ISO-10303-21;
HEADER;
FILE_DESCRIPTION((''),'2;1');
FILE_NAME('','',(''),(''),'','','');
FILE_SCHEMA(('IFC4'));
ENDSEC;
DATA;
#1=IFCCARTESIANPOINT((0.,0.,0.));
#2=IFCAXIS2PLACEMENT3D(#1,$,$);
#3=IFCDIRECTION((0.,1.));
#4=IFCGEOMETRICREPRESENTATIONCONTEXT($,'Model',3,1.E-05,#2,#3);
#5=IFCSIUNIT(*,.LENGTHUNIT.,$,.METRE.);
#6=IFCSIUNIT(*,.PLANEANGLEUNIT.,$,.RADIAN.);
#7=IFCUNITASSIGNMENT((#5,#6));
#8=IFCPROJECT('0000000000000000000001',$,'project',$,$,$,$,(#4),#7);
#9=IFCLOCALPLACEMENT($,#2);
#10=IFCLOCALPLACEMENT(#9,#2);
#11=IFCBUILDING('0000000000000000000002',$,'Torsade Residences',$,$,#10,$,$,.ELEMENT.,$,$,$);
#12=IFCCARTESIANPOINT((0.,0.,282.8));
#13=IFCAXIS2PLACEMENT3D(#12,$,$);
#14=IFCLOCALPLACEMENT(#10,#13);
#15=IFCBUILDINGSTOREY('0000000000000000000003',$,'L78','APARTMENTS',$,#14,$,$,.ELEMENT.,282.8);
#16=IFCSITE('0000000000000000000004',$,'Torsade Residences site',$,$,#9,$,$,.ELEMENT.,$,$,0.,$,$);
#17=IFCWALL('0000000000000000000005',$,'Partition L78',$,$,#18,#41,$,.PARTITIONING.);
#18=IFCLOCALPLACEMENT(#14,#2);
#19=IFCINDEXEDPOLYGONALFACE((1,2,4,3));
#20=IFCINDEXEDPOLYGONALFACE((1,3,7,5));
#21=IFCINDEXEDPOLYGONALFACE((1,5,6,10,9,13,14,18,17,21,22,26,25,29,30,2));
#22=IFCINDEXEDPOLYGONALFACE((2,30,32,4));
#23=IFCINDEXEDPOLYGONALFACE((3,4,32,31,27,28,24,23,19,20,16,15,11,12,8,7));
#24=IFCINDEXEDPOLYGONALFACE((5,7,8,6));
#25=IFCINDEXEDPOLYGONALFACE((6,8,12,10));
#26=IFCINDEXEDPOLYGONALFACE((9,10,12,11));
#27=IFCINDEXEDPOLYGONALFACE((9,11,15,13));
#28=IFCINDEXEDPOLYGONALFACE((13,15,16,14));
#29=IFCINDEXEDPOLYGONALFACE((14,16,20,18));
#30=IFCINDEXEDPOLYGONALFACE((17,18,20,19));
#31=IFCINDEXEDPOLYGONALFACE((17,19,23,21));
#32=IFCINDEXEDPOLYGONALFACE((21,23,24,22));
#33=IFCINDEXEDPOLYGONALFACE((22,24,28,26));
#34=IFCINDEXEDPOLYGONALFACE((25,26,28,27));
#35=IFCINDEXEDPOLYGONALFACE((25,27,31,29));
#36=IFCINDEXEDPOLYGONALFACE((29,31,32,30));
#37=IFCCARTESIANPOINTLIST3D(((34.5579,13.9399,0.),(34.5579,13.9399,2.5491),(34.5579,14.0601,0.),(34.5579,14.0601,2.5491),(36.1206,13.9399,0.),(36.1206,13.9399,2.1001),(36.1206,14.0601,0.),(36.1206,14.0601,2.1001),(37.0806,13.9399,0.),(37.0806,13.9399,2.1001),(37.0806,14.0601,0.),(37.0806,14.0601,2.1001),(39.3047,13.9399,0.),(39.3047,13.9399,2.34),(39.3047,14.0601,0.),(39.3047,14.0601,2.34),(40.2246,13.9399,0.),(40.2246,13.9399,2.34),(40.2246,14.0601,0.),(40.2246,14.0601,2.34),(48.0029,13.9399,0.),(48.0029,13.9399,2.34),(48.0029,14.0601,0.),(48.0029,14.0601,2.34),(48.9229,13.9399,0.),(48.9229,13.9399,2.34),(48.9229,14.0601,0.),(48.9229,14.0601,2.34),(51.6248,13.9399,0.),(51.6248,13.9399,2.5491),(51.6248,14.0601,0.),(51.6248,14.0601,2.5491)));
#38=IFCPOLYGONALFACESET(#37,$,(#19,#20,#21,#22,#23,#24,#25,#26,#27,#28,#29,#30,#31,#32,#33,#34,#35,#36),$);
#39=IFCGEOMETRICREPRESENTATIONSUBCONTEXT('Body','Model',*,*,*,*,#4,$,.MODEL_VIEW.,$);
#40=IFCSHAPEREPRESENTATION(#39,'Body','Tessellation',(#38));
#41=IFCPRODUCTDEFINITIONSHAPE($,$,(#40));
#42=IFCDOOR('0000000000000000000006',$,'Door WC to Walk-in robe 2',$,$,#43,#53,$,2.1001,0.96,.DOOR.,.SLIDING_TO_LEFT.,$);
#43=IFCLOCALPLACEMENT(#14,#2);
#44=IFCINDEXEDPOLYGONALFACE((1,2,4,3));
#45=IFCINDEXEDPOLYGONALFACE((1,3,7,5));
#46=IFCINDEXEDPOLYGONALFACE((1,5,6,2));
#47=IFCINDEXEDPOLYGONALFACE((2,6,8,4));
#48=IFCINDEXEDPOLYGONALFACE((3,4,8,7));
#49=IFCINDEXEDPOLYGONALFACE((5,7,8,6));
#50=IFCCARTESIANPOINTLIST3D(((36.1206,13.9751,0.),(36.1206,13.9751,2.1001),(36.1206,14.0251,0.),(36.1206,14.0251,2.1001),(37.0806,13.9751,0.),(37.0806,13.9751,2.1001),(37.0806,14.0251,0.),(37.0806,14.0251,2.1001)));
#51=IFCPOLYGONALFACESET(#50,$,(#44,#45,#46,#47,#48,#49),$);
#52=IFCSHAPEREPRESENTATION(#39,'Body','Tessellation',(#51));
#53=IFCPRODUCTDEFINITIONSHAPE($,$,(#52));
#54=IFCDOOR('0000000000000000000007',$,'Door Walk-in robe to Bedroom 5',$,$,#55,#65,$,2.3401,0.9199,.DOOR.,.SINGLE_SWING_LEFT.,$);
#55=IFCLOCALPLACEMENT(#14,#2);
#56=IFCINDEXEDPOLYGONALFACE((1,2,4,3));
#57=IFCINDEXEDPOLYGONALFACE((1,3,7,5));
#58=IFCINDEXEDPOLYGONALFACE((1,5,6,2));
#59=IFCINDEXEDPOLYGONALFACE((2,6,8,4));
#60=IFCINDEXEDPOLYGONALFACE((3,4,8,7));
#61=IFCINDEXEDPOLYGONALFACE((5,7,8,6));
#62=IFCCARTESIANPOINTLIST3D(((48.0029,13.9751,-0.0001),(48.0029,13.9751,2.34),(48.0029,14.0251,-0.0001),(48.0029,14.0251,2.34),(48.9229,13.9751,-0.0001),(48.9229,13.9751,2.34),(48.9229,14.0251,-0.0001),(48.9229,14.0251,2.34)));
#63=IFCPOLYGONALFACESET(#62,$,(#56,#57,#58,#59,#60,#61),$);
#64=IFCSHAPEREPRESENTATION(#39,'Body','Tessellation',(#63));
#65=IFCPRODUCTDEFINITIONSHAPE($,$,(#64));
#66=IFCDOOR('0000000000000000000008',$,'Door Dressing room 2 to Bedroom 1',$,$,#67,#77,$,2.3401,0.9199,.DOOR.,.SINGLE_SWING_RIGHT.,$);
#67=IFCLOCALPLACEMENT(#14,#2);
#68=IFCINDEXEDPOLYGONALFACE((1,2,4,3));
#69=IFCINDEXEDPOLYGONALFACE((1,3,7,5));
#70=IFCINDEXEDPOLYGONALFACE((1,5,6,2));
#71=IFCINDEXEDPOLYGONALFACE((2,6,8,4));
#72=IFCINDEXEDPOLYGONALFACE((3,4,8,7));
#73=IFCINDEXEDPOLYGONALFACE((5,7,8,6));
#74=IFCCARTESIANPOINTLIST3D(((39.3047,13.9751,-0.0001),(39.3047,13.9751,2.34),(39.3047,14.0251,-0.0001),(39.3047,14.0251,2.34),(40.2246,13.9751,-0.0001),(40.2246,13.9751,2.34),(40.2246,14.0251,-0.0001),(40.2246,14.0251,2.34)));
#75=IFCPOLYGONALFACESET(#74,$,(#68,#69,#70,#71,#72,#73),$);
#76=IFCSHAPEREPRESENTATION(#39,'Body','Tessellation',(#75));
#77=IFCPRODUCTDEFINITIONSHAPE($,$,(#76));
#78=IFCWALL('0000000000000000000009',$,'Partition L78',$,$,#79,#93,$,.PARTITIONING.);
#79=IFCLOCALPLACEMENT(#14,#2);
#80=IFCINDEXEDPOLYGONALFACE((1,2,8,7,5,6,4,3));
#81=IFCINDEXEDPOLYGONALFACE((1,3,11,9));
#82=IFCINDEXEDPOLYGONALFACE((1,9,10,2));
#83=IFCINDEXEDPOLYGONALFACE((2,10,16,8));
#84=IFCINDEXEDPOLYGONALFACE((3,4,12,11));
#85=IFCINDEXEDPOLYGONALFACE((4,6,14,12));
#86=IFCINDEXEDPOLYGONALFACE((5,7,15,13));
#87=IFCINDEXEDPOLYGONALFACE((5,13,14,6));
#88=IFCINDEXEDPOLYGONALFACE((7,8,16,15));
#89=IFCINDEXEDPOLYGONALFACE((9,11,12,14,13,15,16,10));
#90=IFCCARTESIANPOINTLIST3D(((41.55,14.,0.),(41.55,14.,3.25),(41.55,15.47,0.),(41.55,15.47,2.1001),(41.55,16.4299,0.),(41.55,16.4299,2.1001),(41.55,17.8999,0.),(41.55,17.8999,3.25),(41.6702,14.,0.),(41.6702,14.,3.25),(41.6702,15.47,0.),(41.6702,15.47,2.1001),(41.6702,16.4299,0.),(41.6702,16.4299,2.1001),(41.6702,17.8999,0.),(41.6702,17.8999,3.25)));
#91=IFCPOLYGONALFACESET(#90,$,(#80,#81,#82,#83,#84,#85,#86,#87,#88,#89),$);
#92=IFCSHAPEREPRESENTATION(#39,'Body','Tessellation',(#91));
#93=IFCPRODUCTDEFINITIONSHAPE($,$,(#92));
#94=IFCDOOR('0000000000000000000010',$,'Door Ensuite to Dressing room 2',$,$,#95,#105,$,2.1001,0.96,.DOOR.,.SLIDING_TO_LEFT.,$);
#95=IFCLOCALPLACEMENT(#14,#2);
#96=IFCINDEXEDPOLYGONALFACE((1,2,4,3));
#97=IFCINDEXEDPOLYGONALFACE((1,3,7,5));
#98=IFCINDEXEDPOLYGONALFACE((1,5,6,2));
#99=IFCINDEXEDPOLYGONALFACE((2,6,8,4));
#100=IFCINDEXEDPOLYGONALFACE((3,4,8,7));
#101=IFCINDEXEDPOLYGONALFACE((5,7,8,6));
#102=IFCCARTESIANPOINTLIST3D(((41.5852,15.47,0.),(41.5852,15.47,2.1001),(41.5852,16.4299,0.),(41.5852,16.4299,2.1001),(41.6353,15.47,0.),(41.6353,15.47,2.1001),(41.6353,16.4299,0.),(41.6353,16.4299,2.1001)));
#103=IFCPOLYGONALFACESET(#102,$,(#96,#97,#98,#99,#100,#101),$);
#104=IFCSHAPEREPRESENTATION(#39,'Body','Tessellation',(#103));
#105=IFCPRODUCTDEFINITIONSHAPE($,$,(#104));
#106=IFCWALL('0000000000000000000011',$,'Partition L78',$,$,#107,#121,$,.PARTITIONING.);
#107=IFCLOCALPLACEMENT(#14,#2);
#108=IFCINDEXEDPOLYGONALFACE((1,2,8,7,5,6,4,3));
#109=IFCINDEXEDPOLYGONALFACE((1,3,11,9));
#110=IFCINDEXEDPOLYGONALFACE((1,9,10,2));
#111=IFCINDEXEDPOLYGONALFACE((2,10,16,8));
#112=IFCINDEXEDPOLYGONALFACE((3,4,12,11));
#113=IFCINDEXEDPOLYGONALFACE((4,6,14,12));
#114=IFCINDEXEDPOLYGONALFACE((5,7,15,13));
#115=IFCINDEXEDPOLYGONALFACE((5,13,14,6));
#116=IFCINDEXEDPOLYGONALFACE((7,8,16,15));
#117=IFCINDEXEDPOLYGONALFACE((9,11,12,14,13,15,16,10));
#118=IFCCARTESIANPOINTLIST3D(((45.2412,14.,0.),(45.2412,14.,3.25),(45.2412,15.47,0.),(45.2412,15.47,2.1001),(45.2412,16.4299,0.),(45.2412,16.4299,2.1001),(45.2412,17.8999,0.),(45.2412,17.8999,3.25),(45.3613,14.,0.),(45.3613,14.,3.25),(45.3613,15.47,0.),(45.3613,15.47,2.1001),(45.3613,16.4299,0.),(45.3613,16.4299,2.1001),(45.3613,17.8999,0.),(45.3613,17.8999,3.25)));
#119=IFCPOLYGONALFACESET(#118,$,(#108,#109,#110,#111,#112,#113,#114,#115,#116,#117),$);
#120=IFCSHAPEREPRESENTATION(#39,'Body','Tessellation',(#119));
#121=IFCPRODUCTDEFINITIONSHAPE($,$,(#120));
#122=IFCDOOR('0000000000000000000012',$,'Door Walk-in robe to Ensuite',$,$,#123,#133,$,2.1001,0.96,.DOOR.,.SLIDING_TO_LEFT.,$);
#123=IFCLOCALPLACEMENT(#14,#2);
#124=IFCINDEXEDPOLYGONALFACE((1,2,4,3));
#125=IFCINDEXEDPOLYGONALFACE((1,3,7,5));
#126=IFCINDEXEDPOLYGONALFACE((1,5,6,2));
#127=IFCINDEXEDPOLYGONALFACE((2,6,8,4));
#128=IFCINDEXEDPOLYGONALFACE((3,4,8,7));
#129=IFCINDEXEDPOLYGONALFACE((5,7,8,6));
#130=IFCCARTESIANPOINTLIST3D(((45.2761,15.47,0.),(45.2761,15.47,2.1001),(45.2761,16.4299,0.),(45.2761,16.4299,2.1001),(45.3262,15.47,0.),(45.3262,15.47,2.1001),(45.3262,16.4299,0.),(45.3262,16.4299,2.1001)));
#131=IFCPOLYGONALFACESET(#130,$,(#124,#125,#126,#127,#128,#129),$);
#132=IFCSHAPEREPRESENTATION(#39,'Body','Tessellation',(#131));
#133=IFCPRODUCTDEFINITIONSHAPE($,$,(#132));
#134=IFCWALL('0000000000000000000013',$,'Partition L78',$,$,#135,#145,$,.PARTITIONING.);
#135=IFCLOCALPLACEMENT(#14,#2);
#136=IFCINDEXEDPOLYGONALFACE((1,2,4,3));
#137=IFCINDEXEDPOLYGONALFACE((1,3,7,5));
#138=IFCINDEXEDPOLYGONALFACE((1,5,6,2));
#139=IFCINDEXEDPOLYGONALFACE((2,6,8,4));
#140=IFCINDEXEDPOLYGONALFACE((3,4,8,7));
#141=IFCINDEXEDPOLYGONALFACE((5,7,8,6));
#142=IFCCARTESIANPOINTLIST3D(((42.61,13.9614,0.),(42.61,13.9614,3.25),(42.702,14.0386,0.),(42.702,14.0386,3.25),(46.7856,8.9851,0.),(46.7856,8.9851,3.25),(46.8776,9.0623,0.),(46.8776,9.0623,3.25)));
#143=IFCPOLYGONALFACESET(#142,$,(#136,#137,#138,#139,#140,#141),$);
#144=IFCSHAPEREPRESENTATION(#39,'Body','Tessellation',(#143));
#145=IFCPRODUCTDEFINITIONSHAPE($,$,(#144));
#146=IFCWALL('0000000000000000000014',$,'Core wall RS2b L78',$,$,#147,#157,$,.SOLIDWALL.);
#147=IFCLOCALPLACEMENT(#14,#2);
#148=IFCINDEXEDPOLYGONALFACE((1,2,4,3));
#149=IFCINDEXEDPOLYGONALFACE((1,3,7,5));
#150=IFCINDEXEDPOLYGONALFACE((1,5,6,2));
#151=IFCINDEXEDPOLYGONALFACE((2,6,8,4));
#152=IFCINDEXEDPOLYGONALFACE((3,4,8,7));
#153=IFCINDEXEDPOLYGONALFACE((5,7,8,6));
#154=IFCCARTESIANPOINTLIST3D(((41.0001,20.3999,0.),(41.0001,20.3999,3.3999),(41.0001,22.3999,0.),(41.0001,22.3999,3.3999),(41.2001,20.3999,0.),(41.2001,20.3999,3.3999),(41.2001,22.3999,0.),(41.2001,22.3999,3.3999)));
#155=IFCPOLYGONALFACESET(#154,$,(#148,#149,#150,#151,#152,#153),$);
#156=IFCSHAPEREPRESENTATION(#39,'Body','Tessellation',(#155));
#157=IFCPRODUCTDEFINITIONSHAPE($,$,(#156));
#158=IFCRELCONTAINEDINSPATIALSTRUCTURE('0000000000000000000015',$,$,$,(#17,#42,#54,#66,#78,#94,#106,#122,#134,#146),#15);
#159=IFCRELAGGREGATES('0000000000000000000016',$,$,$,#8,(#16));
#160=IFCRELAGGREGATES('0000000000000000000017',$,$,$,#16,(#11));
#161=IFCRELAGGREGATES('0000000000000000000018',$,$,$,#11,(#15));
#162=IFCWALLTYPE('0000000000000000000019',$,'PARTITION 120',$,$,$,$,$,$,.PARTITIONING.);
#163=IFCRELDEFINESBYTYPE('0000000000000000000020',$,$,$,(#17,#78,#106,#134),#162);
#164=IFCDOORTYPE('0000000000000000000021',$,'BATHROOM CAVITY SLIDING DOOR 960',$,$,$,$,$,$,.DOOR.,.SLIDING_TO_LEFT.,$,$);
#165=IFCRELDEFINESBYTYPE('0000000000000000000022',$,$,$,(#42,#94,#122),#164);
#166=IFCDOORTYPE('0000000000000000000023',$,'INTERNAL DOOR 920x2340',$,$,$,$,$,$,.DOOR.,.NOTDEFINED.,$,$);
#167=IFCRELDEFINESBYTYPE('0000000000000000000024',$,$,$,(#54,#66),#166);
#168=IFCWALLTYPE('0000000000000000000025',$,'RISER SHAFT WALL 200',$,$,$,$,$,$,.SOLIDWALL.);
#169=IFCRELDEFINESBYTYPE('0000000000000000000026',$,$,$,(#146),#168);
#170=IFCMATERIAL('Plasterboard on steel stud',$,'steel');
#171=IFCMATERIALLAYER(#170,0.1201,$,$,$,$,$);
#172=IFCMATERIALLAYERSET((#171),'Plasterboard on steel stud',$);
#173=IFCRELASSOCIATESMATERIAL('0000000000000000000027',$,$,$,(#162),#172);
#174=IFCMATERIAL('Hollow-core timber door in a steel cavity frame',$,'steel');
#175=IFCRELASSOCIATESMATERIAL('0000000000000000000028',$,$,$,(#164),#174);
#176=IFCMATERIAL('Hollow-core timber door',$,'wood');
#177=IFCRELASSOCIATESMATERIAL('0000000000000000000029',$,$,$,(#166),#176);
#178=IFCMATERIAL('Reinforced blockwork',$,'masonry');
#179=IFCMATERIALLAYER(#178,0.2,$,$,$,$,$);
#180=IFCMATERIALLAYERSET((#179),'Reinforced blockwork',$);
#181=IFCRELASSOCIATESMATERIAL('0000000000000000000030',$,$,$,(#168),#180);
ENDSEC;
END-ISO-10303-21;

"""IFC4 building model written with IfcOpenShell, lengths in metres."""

from ifc_helpers import new_model, si_unit, direction, frame, frame_2d, origin, place, context, subcontext, project, spatial, rectangle, extrude, material, layer, layer_set, type_object, element, fill, save


model = new_model("IFC4")

# Units and contexts
model_context = context("Model", 3, precision=1e-05, world=origin(), true_north=direction((0.0, 1.0)))
body_context = subcontext(model_context, "Body", "Model", "MODEL_VIEW")
ifc_project = project(units=[si_unit("LENGTHUNIT", "METRE"), si_unit("PLANEANGLEUNIT", "RADIAN")], contexts=[model_context])

# Site, building, storey
site_placement = place(None, origin())
site = spatial("IfcSite", under=ifc_project, at=site_placement, Name="Torsade Residences site", CompositionType="ELEMENT", RefElevation=0.0)
building_placement = place(site_placement, origin())
building = spatial("IfcBuilding", under=site, at=building_placement, Name="Torsade Residences", CompositionType="ELEMENT")
storey_placement = place(building_placement, frame((0.0, 0.0, 282.8)))
storey = spatial("IfcBuildingStorey", under=building, at=storey_placement, Name="L78", Description="APARTMENTS", CompositionType="ELEMENT", Elevation=282.8)

# Wall, openings, doors
ifc_material_1 = material(Name="Plasterboard on steel stud", Category="steel")
ifc_layer_1 = layer(ifc_material_1, 0.1201)
ifc_layer_set_1 = layer_set([ifc_layer_1], Name="Plasterboard on steel stud")
wall_type_1 = type_object("IfcWallType", Name="PARTITION 120", PredefinedType="PARTITIONING", material=ifc_layer_set_1)
wall_1_placement = place(storey_placement, frame((51.6248, 14.0, 0.0), z_axis=(0.0, 0.0, 1.0), x_axis=(-1.0, 0.0, 0.0)))
wall_1 = element("IfcWall", 1, at=wall_1_placement, inside=storey, type_object=wall_type_1, Name="Partition L78", PredefinedType="PARTITIONING", context=body_context, shape_type="SweptSolid", body=[
    extrude(rectangle(XDim=17.0669, YDim=0.1201, at=frame_2d((8.5334, 0.0))), origin(), (0.0, 0.0, 1.0), 2.5491),
])
opening_1_placement = place(wall_1_placement, frame((2.7019, 0.0, 0.0)))
opening_1 = element("IfcOpeningElement", 2, at=opening_1_placement, cuts=wall_1, PredefinedType="OPENING", context=body_context, shape_type="SweptSolid", body=[
    extrude(rectangle(XDim=0.9199, YDim=2.3401, at=frame_2d((0.46, 1.1699))), frame((0.0, 0.0701, 0.0), z_axis=(0.0, -1.0, 0.0), x_axis=(1.0, 0.0, 0.0)), (0.0, 0.0, 1.0), 0.1401),
])
opening_2_placement = place(wall_1_placement, frame((11.4001, 0.0, 0.0)))
opening_2 = element("IfcOpeningElement", 3, at=opening_2_placement, cuts=wall_1, PredefinedType="OPENING", context=body_context, shape_type="SweptSolid", body=[
    extrude(rectangle(XDim=0.9199, YDim=2.3401, at=frame_2d((0.46, 1.1699))), frame((0.0, 0.0701, 0.0), z_axis=(0.0, -1.0, 0.0), x_axis=(1.0, 0.0, 0.0)), (0.0, 0.0, 1.0), 0.1401),
])
opening_3_placement = place(wall_1_placement, frame((14.5442, 0.0, 0.0)))
opening_3 = element("IfcOpeningElement", 4, at=opening_3_placement, cuts=wall_1, PredefinedType="OPENING", context=body_context, shape_type="SweptSolid", body=[
    extrude(rectangle(XDim=0.96, YDim=2.1001, at=frame_2d((0.48, 1.05))), frame((0.0, 0.0701, 0.0), z_axis=(0.0, -1.0, 0.0), x_axis=(1.0, 0.0, 0.0)), (0.0, 0.0, 1.0), 0.1401),
])
ifc_material_2 = material(Name="Hollow-core timber door in a steel cavity frame", Category="steel")
door_type_1 = type_object("IfcDoorType", Name="BATHROOM CAVITY SLIDING DOOR 960", OperationType="SLIDING_TO_LEFT", PredefinedType="DOOR", material=ifc_material_2)
door_1_placement = place(opening_3_placement, origin())
door_1 = element("IfcDoor", 5, at=door_1_placement, inside=storey, type_object=door_type_1, Name="Door WC to Walk-in robe 2", OperationType="SLIDING_TO_LEFT", OverallHeight=2.1001, OverallWidth=0.96, PredefinedType="DOOR", context=body_context, shape_type="SweptSolid", body=[
    extrude(rectangle(XDim=0.96, YDim=2.1001, at=frame_2d((0.48, 1.05))), frame((0.0, 0.0249, 0.0), z_axis=(0.0, -1.0, 0.0), x_axis=(1.0, 0.0, 0.0)), (0.0, 0.0, 1.0), 0.05),
])
fill(opening_3, door_1)
ifc_material_3 = material(Name="Hollow-core timber door", Category="wood")
door_type_2 = type_object("IfcDoorType", Name="INTERNAL DOOR 920x2340", OperationType="NOTDEFINED", PredefinedType="DOOR", material=ifc_material_3)
door_2_placement = place(opening_1_placement, origin())
door_2 = element("IfcDoor", 6, at=door_2_placement, inside=storey, type_object=door_type_2, Name="Door Walk-in robe to Bedroom 5", OperationType="SINGLE_SWING_LEFT", OverallHeight=2.3401, OverallWidth=0.9199, PredefinedType="DOOR", context=body_context, shape_type="SweptSolid", body=[
    extrude(rectangle(XDim=0.9199, YDim=2.3401, at=frame_2d((0.46, 1.1699))), frame((0.0, 0.0249, 0.0), z_axis=(0.0, -1.0, 0.0), x_axis=(1.0, 0.0, 0.0)), (0.0, 0.0, 1.0), 0.05),
])
fill(opening_1, door_2)
door_3_placement = place(opening_2_placement, origin())
door_3 = element("IfcDoor", 7, at=door_3_placement, inside=storey, type_object=door_type_2, Name="Door Dressing room 2 to Bedroom 1", OperationType="SINGLE_SWING_RIGHT", OverallHeight=2.3401, OverallWidth=0.9199, PredefinedType="DOOR", context=body_context, shape_type="SweptSolid", body=[
    extrude(rectangle(XDim=0.9199, YDim=2.3401, at=frame_2d((0.46, 1.1699))), frame((0.0, 0.0249, 0.0), z_axis=(0.0, -1.0, 0.0), x_axis=(1.0, 0.0, 0.0)), (0.0, 0.0, 1.0), 0.05),
])
fill(opening_2, door_3)

# Walls, openings, doors
wall_2_placement = place(storey_placement, frame((41.6101, 14.0, 0.0), z_axis=(0.0, 0.0, 1.0), x_axis=(0.0, 1.0, 0.0)))
wall_2 = element("IfcWall", 8, at=wall_2_placement, inside=storey, type_object=wall_type_1, Name="Partition L78", PredefinedType="PARTITIONING", context=body_context, shape_type="SweptSolid", body=[
    extrude(rectangle(XDim=3.8999, YDim=0.1201, at=frame_2d((1.95, 0.0))), origin(), (0.0, 0.0, 1.0), 3.25),
])
opening_4_placement = place(wall_2_placement, frame((1.47, 0.0, 0.0)))
opening_4 = element("IfcOpeningElement", 9, at=opening_4_placement, cuts=wall_2, PredefinedType="OPENING", context=body_context, shape_type="SweptSolid", body=[
    extrude(rectangle(XDim=0.96, YDim=2.1001, at=frame_2d((0.48, 1.05))), frame((0.0, 0.0701, 0.0), z_axis=(0.0, -1.0, 0.0), x_axis=(1.0, 0.0, 0.0)), (0.0, 0.0, 1.0), 0.1401),
])
door_4_placement = place(opening_4_placement, origin())
door_4 = element("IfcDoor", 10, at=door_4_placement, inside=storey, type_object=door_type_1, Name="Door Ensuite to Dressing room 2", OperationType="SLIDING_TO_LEFT", OverallHeight=2.1001, OverallWidth=0.96, PredefinedType="DOOR", context=body_context, shape_type="SweptSolid", body=[
    extrude(rectangle(XDim=0.96, YDim=2.1001, at=frame_2d((0.48, 1.05))), frame((0.0, 0.0249, 0.0), z_axis=(0.0, -1.0, 0.0), x_axis=(1.0, 0.0, 0.0)), (0.0, 0.0, 1.0), 0.05),
])
fill(opening_4, door_4)
wall_3_placement = place(storey_placement, frame((45.3013, 17.8999, 0.0), z_axis=(0.0, 0.0, 1.0), x_axis=(0.0, -1.0, 0.0)))
wall_3 = element("IfcWall", 11, at=wall_3_placement, inside=storey, type_object=wall_type_1, Name="Partition L78", PredefinedType="PARTITIONING", context=body_context, shape_type="SweptSolid", body=[
    extrude(rectangle(XDim=3.8999, YDim=0.1201, at=frame_2d((1.95, 0.0))), origin(), (0.0, 0.0, 1.0), 3.25),
])
opening_5_placement = place(wall_3_placement, frame((1.47, 0.0, 0.0)))
opening_5 = element("IfcOpeningElement", 12, at=opening_5_placement, cuts=wall_3, PredefinedType="OPENING", context=body_context, shape_type="SweptSolid", body=[
    extrude(rectangle(XDim=0.96, YDim=2.1001, at=frame_2d((0.48, 1.05))), frame((0.0, 0.0701, 0.0), z_axis=(0.0, -1.0, 0.0), x_axis=(1.0, 0.0, 0.0)), (0.0, 0.0, 1.0), 0.1401),
])
door_5_placement = place(opening_5_placement, origin())
door_5 = element("IfcDoor", 13, at=door_5_placement, inside=storey, type_object=door_type_1, Name="Door Walk-in robe to Ensuite", OperationType="SLIDING_TO_LEFT", OverallHeight=2.1001, OverallWidth=0.96, PredefinedType="DOOR", context=body_context, shape_type="SweptSolid", body=[
    extrude(rectangle(XDim=0.96, YDim=2.1001, at=frame_2d((0.48, 1.05))), frame((0.0, 0.0249, 0.0), z_axis=(0.0, -1.0, 0.0), x_axis=(1.0, 0.0, 0.0)), (0.0, 0.0, 1.0), 0.05),
])
fill(opening_5, door_5)

# Walls
wall_4_placement = place(storey_placement, frame((42.656, 14.0, 0.0), z_axis=(0.0, 0.0, 1.0), x_axis=(0.642779, -0.766051, 0.0)))
element("IfcWall", 14, at=wall_4_placement, inside=storey, type_object=wall_type_1, Name="Partition L78", PredefinedType="PARTITIONING", context=body_context, shape_type="SweptSolid", body=[
    extrude(rectangle(XDim=6.4961, YDim=0.1201, at=frame_2d((3.248, 0.0))), origin(), (0.0, 0.0, 1.0), 3.25),
])
ifc_material_4 = material(Name="Reinforced blockwork", Category="masonry")
ifc_layer_2 = layer(ifc_material_4, 0.2)
ifc_layer_set_2 = layer_set([ifc_layer_2], Name="Reinforced blockwork")
wall_type_2 = type_object("IfcWallType", Name="RISER SHAFT WALL 200", PredefinedType="SOLIDWALL", material=ifc_layer_set_2)
wall_5_placement = place(storey_placement, frame((41.1001, 22.3999, 0.0), z_axis=(0.0, 0.0, 1.0), x_axis=(0.0, -1.0, 0.0)))
element("IfcWall", 15, at=wall_5_placement, inside=storey, type_object=wall_type_2, Name="Core wall RS2b L78", PredefinedType="SOLIDWALL", context=body_context, shape_type="SweptSolid", body=[
    extrude(rectangle(XDim=2.0, YDim=0.2, at=frame_2d((1.0, 0.0))), origin(), (0.0, 0.0, 1.0), 3.3999),
])

save(model, "model.ifc")
